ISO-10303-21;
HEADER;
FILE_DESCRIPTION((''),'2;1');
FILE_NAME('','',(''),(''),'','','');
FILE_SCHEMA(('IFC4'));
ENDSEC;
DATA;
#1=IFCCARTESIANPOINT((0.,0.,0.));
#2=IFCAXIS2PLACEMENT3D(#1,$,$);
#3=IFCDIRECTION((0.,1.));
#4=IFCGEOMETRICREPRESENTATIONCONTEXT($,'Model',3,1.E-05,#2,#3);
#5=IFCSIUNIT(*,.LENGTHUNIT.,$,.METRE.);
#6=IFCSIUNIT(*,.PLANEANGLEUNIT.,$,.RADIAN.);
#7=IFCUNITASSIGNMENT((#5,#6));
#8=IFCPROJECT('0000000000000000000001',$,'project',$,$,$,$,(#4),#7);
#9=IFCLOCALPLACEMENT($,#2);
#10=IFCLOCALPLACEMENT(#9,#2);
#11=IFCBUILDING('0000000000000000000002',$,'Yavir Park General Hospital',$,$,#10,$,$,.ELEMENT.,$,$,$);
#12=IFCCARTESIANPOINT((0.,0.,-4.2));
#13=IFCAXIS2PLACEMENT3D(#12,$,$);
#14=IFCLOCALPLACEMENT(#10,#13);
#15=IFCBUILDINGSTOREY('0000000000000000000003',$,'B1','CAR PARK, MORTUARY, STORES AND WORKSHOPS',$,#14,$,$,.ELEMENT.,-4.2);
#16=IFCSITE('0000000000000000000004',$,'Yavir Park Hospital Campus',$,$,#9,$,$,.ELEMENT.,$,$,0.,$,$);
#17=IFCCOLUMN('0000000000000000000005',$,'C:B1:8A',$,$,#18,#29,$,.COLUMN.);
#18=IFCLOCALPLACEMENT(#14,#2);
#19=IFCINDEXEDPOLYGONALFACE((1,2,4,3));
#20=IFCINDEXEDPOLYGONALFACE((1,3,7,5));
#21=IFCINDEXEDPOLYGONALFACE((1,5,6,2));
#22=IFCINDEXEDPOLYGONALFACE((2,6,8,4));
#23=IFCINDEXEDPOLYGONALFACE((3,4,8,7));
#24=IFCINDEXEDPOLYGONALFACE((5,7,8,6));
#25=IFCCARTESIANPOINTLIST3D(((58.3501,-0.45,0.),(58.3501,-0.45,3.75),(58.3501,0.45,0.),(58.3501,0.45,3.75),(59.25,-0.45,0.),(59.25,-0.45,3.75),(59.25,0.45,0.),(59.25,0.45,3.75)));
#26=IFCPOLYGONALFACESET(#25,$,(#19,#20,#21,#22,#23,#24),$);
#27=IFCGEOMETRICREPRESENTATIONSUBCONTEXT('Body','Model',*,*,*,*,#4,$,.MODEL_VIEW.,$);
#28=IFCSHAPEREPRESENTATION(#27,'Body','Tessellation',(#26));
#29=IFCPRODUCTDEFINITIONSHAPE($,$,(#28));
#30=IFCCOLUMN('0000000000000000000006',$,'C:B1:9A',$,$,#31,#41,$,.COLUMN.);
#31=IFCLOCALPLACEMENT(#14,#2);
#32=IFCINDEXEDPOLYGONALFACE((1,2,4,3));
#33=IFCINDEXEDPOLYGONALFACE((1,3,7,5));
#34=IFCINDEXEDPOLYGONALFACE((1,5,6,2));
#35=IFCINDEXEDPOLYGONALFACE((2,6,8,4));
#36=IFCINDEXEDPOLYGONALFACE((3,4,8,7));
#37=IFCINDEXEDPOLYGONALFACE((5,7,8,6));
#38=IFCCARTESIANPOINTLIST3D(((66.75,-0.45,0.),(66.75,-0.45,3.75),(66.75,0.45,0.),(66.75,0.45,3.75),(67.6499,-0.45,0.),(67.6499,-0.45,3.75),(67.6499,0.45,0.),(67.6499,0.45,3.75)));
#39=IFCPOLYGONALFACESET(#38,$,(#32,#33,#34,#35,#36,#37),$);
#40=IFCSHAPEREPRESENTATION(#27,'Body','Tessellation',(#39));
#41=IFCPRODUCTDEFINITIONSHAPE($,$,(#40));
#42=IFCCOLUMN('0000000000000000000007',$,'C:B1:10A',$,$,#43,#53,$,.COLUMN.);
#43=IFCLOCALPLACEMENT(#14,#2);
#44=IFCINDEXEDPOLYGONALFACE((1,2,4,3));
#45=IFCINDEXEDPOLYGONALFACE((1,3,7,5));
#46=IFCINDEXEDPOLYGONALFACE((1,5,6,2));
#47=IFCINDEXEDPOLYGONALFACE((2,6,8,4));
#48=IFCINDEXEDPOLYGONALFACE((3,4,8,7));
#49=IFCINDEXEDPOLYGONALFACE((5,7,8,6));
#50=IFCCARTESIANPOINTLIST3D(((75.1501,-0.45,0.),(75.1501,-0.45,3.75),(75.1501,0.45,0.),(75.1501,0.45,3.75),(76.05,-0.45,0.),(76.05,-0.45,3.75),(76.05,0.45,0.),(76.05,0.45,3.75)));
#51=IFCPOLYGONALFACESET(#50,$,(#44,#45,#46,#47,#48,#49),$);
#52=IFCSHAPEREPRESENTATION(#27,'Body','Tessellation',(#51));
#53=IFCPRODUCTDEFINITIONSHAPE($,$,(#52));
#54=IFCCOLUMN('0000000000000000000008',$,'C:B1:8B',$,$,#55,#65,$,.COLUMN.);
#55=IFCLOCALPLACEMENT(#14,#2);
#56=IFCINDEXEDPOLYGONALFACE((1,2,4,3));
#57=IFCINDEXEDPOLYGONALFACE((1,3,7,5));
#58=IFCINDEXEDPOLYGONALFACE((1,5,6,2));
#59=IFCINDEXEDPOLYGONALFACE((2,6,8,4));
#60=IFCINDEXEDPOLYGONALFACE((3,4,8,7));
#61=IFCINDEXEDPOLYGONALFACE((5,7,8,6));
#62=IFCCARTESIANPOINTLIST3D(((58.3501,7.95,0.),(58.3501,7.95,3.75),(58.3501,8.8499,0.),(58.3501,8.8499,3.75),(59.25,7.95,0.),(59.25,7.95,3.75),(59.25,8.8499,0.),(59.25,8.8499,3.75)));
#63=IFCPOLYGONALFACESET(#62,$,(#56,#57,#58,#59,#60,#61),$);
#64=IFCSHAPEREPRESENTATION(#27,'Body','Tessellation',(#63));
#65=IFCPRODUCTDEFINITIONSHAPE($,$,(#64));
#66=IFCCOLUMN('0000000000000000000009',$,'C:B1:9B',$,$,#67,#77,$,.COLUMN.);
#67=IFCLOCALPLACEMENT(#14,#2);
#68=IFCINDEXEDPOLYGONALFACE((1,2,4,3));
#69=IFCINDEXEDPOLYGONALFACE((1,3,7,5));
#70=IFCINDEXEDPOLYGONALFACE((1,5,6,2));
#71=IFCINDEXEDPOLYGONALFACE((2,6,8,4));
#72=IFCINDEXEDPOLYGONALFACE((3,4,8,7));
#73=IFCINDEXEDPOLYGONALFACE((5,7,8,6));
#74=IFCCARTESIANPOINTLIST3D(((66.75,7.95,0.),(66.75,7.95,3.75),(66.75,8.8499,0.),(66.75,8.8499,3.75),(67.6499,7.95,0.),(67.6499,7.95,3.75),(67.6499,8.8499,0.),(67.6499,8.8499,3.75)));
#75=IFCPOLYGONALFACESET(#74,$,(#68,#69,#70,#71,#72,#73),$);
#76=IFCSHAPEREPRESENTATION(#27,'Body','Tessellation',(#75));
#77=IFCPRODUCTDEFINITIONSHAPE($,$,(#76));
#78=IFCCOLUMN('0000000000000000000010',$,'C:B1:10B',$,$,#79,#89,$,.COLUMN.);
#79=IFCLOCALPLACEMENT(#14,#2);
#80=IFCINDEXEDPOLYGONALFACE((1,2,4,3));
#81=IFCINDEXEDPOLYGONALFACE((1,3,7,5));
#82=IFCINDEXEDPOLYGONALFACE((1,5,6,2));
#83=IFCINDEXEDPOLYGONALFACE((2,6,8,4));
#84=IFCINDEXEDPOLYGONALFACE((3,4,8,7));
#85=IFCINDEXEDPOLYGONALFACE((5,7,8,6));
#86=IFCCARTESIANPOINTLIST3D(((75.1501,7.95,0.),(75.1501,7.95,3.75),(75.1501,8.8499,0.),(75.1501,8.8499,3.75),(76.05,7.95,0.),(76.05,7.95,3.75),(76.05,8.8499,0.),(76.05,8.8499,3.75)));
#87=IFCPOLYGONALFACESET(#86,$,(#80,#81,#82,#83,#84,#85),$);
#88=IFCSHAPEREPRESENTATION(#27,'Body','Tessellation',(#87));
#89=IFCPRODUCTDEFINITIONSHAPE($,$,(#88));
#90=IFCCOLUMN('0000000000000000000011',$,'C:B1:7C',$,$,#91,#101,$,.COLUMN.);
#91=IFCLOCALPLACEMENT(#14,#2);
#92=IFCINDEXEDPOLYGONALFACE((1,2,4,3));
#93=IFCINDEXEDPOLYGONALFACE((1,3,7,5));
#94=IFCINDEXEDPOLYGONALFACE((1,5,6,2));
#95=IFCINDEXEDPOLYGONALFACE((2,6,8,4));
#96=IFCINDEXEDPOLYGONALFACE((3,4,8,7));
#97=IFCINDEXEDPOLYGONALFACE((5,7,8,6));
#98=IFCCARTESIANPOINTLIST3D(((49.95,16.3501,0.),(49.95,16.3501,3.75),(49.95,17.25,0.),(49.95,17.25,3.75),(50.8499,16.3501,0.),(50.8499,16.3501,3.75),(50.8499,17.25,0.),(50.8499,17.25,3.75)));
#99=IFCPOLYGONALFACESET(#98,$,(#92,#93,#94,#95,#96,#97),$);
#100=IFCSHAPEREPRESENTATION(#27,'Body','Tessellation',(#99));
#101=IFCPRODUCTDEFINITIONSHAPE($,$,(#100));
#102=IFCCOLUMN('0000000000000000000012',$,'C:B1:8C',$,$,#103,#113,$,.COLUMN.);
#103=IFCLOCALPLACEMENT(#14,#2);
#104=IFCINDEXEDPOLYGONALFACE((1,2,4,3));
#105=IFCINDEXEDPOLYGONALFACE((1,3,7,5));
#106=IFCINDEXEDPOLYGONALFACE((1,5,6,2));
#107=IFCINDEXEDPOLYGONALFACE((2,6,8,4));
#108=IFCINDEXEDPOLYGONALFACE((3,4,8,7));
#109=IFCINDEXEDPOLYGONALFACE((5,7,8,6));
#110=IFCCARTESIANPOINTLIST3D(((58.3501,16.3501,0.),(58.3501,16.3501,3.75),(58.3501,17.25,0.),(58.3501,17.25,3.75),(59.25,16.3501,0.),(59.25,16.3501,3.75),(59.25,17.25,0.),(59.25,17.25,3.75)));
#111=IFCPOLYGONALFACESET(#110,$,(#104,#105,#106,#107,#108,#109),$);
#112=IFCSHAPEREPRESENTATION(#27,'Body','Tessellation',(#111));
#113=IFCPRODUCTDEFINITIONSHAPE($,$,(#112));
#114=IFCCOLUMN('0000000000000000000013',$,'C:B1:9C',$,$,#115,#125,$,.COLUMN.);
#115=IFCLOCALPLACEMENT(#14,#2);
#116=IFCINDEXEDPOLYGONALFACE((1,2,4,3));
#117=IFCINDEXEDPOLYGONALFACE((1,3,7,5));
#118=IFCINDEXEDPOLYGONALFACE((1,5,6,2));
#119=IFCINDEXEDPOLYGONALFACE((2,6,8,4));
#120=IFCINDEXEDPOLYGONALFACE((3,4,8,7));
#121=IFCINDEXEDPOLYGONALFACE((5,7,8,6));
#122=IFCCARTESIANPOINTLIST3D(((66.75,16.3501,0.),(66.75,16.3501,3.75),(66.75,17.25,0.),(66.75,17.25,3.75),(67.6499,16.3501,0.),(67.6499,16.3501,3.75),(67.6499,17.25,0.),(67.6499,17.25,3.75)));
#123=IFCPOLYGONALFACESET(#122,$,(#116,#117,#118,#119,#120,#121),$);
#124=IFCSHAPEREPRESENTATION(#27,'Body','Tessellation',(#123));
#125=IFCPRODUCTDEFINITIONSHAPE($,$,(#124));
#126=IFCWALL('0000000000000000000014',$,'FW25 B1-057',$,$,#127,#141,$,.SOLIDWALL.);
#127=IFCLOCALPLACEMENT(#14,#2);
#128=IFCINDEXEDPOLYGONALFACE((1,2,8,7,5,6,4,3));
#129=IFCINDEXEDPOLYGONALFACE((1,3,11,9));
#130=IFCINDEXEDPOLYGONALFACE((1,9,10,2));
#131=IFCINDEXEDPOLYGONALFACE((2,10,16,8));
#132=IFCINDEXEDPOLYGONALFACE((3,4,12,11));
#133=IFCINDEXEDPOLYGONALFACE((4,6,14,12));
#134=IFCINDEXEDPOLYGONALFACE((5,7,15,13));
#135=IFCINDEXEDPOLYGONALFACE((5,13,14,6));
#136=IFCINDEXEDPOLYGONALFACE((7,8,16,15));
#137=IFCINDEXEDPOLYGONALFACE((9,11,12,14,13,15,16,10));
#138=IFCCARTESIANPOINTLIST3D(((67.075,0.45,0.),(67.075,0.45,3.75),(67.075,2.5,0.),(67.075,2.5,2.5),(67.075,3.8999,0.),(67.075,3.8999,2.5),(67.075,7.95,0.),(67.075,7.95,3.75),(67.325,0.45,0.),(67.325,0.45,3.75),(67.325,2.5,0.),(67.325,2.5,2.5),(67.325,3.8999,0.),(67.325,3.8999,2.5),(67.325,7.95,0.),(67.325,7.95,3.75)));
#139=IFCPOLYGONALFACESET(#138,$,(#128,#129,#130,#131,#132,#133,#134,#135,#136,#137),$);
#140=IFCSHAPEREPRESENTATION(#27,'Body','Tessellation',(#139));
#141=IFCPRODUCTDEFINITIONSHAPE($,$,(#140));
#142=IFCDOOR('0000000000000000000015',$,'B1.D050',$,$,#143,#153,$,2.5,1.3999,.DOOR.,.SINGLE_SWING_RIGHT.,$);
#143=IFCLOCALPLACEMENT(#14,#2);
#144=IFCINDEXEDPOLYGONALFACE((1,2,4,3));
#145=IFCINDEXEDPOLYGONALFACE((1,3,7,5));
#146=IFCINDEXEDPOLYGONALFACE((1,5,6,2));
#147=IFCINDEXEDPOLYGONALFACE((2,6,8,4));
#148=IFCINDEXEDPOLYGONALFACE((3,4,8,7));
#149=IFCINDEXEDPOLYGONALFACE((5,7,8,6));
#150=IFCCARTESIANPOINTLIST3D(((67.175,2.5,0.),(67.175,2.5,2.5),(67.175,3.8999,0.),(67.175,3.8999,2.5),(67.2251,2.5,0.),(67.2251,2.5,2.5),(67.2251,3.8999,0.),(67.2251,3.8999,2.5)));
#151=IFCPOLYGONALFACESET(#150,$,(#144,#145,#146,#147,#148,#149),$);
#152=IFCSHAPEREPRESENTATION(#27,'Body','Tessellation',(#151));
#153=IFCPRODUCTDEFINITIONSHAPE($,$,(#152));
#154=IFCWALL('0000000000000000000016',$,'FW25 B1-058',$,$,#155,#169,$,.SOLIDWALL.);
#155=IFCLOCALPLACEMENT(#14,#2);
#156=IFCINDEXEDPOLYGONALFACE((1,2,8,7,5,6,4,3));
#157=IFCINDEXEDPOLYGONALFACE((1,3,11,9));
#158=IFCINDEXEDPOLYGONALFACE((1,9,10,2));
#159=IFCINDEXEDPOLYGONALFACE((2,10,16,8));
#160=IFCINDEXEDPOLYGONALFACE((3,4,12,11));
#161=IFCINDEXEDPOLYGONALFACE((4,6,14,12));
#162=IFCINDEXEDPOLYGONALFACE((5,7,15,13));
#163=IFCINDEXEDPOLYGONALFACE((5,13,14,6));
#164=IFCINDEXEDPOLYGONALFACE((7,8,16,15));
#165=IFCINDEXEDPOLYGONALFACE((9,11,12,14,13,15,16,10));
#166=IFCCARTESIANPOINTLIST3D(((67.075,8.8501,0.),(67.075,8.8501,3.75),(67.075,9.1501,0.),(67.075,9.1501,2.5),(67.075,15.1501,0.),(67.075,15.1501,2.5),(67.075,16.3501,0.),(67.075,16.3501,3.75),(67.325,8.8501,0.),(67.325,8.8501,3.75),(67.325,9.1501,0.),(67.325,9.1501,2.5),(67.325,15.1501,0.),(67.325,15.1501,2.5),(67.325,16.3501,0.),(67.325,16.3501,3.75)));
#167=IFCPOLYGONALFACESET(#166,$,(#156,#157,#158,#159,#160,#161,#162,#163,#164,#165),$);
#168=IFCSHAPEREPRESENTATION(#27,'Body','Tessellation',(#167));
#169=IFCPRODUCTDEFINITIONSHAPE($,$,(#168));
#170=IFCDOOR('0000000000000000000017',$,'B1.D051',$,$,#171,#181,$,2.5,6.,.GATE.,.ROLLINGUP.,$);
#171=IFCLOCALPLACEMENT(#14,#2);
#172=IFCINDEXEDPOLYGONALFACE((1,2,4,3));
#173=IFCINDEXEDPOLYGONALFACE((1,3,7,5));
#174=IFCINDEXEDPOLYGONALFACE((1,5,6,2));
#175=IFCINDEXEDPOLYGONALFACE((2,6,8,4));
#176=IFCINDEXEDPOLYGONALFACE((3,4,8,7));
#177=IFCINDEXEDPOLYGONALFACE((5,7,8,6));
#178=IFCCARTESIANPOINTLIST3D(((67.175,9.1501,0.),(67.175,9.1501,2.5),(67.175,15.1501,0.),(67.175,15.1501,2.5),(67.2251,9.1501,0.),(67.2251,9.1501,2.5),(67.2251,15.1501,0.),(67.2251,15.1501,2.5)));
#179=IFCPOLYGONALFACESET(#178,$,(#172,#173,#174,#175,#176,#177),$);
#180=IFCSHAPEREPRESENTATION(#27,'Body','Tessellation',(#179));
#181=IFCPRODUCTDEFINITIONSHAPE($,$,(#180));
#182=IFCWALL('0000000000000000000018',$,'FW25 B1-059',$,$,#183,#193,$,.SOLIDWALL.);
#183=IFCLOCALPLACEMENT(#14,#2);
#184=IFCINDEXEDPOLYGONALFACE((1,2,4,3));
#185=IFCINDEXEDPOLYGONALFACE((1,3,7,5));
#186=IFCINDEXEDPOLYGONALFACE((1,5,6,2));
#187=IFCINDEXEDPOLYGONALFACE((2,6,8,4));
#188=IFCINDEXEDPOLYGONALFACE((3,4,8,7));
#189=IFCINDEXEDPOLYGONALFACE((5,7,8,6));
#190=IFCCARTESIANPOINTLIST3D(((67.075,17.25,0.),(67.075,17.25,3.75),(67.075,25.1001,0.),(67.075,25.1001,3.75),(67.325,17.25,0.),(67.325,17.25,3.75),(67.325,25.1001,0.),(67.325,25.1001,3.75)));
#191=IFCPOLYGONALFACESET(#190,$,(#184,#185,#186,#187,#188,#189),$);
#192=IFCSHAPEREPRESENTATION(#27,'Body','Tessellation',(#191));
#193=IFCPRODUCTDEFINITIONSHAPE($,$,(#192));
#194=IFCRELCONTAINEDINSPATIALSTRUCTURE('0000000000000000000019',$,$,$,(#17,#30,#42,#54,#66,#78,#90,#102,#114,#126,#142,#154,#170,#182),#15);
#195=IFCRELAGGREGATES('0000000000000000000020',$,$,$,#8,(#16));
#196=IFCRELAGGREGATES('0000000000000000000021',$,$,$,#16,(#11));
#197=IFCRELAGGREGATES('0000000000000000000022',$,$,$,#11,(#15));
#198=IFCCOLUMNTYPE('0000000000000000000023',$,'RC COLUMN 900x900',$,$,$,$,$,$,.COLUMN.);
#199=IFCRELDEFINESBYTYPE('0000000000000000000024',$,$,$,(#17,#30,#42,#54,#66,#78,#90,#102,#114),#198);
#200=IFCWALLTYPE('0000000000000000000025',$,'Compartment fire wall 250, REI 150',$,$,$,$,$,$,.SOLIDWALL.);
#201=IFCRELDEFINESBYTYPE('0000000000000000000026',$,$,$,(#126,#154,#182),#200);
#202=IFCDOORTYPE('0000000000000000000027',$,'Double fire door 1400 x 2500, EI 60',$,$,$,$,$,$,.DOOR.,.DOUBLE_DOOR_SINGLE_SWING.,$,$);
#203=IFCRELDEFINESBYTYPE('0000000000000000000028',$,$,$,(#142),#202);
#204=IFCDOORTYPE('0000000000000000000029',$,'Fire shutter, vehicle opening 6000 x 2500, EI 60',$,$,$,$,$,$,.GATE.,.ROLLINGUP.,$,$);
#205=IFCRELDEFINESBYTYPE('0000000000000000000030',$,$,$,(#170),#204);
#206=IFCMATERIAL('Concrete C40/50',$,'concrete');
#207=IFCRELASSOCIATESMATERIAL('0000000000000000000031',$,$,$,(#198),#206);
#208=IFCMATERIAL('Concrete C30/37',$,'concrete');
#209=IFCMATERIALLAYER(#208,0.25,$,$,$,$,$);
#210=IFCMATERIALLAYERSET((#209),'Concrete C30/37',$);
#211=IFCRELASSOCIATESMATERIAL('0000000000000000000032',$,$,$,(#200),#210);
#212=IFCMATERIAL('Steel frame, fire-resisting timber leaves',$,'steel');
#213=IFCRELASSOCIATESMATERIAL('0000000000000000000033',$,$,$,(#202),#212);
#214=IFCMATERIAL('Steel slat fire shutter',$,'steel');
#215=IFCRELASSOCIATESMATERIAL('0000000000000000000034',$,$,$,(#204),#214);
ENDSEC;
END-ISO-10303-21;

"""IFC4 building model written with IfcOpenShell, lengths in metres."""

from ifc_helpers import new_model, si_unit, direction, frame, frame_2d, origin, origin_2d, place, context, subcontext, project, spatial, rectangle, extrude, material, layer, layer_set, material_profile, profile_set, type_object, element, fill, save


model = new_model("IFC4")

# Units and contexts
model_context = context("Model", 3, precision=1e-05, world=origin(), true_north=direction((0.0, 1.0)))
body_context = subcontext(model_context, "Body", "Model", "MODEL_VIEW")
ifc_project = project(units=[si_unit("LENGTHUNIT", "METRE"), si_unit("PLANEANGLEUNIT", "RADIAN")], contexts=[model_context])

# Site, building, storey
site_placement = place(None, origin())
site = spatial("IfcSite", under=ifc_project, at=site_placement, Name="Yavir Park Hospital Campus", CompositionType="ELEMENT", RefElevation=0.0)
building_placement = place(site_placement, origin())
building = spatial("IfcBuilding", under=site, at=building_placement, Name="Yavir Park General Hospital", CompositionType="ELEMENT")
storey_placement = place(building_placement, frame((0.0, 0.0, -4.2)))
storey = spatial("IfcBuildingStorey", under=building, at=storey_placement, Name="B1", Description="CAR PARK, MORTUARY, STORES AND WORKSHOPS", CompositionType="ELEMENT", Elevation=-4.2)

# Columns
ifc_material_1 = material(Name="Concrete C40/50", Category="concrete")
ifc_material_profile = material_profile(ifc_material_1, rectangle(XDim=0.8999, YDim=0.8999, at=origin_2d()), Name="RC900x900")
ifc_profile_set = profile_set([ifc_material_profile], Name="Concrete C40/50")
column_type = type_object("IfcColumnType", Name="RC COLUMN 900x900", PredefinedType="COLUMN", material=ifc_profile_set)
for number, where, z_axis, x_axis, name in (
    (1, (58.8, 0.0, 0.0), (0.0, 0.0, 1.0), (1.0, 0.0, 0.0), "C:B1:8A"),
    (2, (67.2, 0.0, 0.0), (0.0, 0.0, 1.0), (1.0, 0.0, 0.0), "C:B1:9A"),
    (3, (75.6001, 0.0, 0.0), (0.0, 0.0, 1.0), (1.0, 0.0, 0.0), "C:B1:10A"),
    (4, (58.8, 8.3999, 0.0), (0.0, 0.0, 1.0), (1.0, 0.0, 0.0), "C:B1:8B"),
    (5, (67.2, 8.3999, 0.0), (0.0, 0.0, 1.0), (1.0, 0.0, 0.0), "C:B1:9B"),
    (6, (75.6001, 8.3999, 0.0), (0.0, 0.0, 1.0), (1.0, 0.0, 0.0), "C:B1:10B"),
    (7, (50.3999, 16.8, 0.0), (0.0, 0.0, 1.0), (1.0, 0.0, 0.0), "C:B1:7C"),
    (8, (58.8, 16.8, 0.0), (0.0, 0.0, 1.0), (1.0, 0.0, 0.0), "C:B1:8C"),
    (9, (67.2, 16.8, 0.0), (0.0, 0.0, 1.0), (1.0, 0.0, 0.0), "C:B1:9C"),
):
    element("IfcColumn", number, at=place(storey_placement, frame(where, z_axis=z_axis, x_axis=x_axis)), inside=storey, type_object=column_type, Name=name, PredefinedType="COLUMN", context=body_context, shape_type="SweptSolid", body=[
        extrude(rectangle(XDim=0.8999, YDim=0.8999, at=origin_2d()), origin(), (0.0, 0.0, 1.0), 3.75),
    ])

# Walls, openings, doors
ifc_material_2 = material(Name="Concrete C30/37", Category="concrete")
ifc_layer_1 = layer(ifc_material_2, 0.25)
ifc_layer_set_1 = layer_set([ifc_layer_1], Name="Concrete C30/37")
wall_type_1 = type_object("IfcWallType", Name="Compartment fire wall 250, REI 150", PredefinedType="SOLIDWALL", material=ifc_layer_set_1)
wall_1_placement = place(storey_placement, frame((67.2, 0.45, 0.0), z_axis=(0.0, 0.0, 1.0), x_axis=(0.0, 1.0, 0.0)))
wall_1 = element("IfcWall", 10, at=wall_1_placement, inside=storey, type_object=wall_type_1, Name="FW25 B1-057", PredefinedType="SOLIDWALL", context=body_context, shape_type="SweptSolid", body=[
    extrude(rectangle(XDim=7.5, YDim=0.25, at=frame_2d((3.75, 0.0))), origin(), (0.0, 0.0, 1.0), 3.75),
])
opening_1_placement = place(wall_1_placement, frame((2.05, 0.0, 0.0)))
opening_1 = element("IfcOpeningElement", 11, at=opening_1_placement, cuts=wall_1, PredefinedType="OPENING", context=body_context, shape_type="SweptSolid", body=[
    extrude(rectangle(XDim=1.3999, YDim=2.5, at=frame_2d((0.7, 1.25))), frame((0.0, 0.135, 0.0), z_axis=(0.0, -1.0, 0.0), x_axis=(1.0, 0.0, 0.0)), (0.0, 0.0, 1.0), 0.27),
])
ifc_material_3 = material(Name="Steel frame, fire-resisting timber leaves", Category="steel")
door_type_1 = type_object("IfcDoorType", Name="Double fire door 1400 x 2500, EI 60", OperationType="DOUBLE_DOOR_SINGLE_SWING", PredefinedType="DOOR", material=ifc_material_3)
door_1_placement = place(opening_1_placement, origin())
door_1 = element("IfcDoor", 12, at=door_1_placement, inside=storey, type_object=door_type_1, Name="B1.D050", OperationType="SINGLE_SWING_RIGHT", OverallHeight=2.5, OverallWidth=1.3999, PredefinedType="DOOR", context=body_context, shape_type="SweptSolid", body=[
    extrude(rectangle(XDim=1.3999, YDim=2.5, at=frame_2d((0.7, 1.25))), frame((0.0, 0.0249, 0.0), z_axis=(0.0, -1.0, 0.0), x_axis=(1.0, 0.0, 0.0)), (0.0, 0.0, 1.0), 0.05),
])
fill(opening_1, door_1)
wall_2_placement = place(storey_placement, frame((67.2, 8.8501, 0.0), z_axis=(0.0, 0.0, 1.0), x_axis=(0.0, 1.0, 0.0)))
wall_2 = element("IfcWall", 13, at=wall_2_placement, inside=storey, type_object=wall_type_1, Name="FW25 B1-058", PredefinedType="SOLIDWALL", context=body_context, shape_type="SweptSolid", body=[
    extrude(rectangle(XDim=7.5, YDim=0.25, at=frame_2d((3.75, 0.0))), origin(), (0.0, 0.0, 1.0), 3.75),
])
opening_2_placement = place(wall_2_placement, frame((0.3, 0.0, 0.0)))
opening_2 = element("IfcOpeningElement", 14, at=opening_2_placement, cuts=wall_2, PredefinedType="OPENING", context=body_context, shape_type="SweptSolid", body=[
    extrude(rectangle(XDim=6.0, YDim=2.5, at=frame_2d((3.0, 1.25))), frame((0.0, 0.135, 0.0), z_axis=(0.0, -1.0, 0.0), x_axis=(1.0, 0.0, 0.0)), (0.0, 0.0, 1.0), 0.27),
])
ifc_material_4 = material(Name="Steel slat fire shutter", Category="steel")
door_type_2 = type_object("IfcDoorType", Name="Fire shutter, vehicle opening 6000 x 2500, EI 60", OperationType="ROLLINGUP", PredefinedType="GATE", material=ifc_material_4)
door_2_placement = place(opening_2_placement, origin())
door_2 = element("IfcDoor", 15, at=door_2_placement, inside=storey, type_object=door_type_2, Name="B1.D051", OperationType="ROLLINGUP", OverallHeight=2.5, OverallWidth=6.0, PredefinedType="GATE", context=body_context, shape_type="SweptSolid", body=[
    extrude(rectangle(XDim=6.0, YDim=2.5, at=frame_2d((3.0, 1.25))), frame((0.0, 0.0249, 0.0), z_axis=(0.0, -1.0, 0.0), x_axis=(1.0, 0.0, 0.0)), (0.0, 0.0, 1.0), 0.05),
])
fill(opening_2, door_2)

# Wall
wall_3_placement = place(storey_placement, frame((67.2, 17.25, 0.0), z_axis=(0.0, 0.0, 1.0), x_axis=(0.0, 1.0, 0.0)))
element("IfcWall", 16, at=wall_3_placement, inside=storey, type_object=wall_type_1, Name="FW25 B1-059", PredefinedType="SOLIDWALL", context=body_context, shape_type="SweptSolid", body=[
    extrude(rectangle(XDim=7.8501, YDim=0.25, at=frame_2d((3.925, 0.0))), origin(), (0.0, 0.0, 1.0), 3.75),
])

save(model, "model.ifc")
